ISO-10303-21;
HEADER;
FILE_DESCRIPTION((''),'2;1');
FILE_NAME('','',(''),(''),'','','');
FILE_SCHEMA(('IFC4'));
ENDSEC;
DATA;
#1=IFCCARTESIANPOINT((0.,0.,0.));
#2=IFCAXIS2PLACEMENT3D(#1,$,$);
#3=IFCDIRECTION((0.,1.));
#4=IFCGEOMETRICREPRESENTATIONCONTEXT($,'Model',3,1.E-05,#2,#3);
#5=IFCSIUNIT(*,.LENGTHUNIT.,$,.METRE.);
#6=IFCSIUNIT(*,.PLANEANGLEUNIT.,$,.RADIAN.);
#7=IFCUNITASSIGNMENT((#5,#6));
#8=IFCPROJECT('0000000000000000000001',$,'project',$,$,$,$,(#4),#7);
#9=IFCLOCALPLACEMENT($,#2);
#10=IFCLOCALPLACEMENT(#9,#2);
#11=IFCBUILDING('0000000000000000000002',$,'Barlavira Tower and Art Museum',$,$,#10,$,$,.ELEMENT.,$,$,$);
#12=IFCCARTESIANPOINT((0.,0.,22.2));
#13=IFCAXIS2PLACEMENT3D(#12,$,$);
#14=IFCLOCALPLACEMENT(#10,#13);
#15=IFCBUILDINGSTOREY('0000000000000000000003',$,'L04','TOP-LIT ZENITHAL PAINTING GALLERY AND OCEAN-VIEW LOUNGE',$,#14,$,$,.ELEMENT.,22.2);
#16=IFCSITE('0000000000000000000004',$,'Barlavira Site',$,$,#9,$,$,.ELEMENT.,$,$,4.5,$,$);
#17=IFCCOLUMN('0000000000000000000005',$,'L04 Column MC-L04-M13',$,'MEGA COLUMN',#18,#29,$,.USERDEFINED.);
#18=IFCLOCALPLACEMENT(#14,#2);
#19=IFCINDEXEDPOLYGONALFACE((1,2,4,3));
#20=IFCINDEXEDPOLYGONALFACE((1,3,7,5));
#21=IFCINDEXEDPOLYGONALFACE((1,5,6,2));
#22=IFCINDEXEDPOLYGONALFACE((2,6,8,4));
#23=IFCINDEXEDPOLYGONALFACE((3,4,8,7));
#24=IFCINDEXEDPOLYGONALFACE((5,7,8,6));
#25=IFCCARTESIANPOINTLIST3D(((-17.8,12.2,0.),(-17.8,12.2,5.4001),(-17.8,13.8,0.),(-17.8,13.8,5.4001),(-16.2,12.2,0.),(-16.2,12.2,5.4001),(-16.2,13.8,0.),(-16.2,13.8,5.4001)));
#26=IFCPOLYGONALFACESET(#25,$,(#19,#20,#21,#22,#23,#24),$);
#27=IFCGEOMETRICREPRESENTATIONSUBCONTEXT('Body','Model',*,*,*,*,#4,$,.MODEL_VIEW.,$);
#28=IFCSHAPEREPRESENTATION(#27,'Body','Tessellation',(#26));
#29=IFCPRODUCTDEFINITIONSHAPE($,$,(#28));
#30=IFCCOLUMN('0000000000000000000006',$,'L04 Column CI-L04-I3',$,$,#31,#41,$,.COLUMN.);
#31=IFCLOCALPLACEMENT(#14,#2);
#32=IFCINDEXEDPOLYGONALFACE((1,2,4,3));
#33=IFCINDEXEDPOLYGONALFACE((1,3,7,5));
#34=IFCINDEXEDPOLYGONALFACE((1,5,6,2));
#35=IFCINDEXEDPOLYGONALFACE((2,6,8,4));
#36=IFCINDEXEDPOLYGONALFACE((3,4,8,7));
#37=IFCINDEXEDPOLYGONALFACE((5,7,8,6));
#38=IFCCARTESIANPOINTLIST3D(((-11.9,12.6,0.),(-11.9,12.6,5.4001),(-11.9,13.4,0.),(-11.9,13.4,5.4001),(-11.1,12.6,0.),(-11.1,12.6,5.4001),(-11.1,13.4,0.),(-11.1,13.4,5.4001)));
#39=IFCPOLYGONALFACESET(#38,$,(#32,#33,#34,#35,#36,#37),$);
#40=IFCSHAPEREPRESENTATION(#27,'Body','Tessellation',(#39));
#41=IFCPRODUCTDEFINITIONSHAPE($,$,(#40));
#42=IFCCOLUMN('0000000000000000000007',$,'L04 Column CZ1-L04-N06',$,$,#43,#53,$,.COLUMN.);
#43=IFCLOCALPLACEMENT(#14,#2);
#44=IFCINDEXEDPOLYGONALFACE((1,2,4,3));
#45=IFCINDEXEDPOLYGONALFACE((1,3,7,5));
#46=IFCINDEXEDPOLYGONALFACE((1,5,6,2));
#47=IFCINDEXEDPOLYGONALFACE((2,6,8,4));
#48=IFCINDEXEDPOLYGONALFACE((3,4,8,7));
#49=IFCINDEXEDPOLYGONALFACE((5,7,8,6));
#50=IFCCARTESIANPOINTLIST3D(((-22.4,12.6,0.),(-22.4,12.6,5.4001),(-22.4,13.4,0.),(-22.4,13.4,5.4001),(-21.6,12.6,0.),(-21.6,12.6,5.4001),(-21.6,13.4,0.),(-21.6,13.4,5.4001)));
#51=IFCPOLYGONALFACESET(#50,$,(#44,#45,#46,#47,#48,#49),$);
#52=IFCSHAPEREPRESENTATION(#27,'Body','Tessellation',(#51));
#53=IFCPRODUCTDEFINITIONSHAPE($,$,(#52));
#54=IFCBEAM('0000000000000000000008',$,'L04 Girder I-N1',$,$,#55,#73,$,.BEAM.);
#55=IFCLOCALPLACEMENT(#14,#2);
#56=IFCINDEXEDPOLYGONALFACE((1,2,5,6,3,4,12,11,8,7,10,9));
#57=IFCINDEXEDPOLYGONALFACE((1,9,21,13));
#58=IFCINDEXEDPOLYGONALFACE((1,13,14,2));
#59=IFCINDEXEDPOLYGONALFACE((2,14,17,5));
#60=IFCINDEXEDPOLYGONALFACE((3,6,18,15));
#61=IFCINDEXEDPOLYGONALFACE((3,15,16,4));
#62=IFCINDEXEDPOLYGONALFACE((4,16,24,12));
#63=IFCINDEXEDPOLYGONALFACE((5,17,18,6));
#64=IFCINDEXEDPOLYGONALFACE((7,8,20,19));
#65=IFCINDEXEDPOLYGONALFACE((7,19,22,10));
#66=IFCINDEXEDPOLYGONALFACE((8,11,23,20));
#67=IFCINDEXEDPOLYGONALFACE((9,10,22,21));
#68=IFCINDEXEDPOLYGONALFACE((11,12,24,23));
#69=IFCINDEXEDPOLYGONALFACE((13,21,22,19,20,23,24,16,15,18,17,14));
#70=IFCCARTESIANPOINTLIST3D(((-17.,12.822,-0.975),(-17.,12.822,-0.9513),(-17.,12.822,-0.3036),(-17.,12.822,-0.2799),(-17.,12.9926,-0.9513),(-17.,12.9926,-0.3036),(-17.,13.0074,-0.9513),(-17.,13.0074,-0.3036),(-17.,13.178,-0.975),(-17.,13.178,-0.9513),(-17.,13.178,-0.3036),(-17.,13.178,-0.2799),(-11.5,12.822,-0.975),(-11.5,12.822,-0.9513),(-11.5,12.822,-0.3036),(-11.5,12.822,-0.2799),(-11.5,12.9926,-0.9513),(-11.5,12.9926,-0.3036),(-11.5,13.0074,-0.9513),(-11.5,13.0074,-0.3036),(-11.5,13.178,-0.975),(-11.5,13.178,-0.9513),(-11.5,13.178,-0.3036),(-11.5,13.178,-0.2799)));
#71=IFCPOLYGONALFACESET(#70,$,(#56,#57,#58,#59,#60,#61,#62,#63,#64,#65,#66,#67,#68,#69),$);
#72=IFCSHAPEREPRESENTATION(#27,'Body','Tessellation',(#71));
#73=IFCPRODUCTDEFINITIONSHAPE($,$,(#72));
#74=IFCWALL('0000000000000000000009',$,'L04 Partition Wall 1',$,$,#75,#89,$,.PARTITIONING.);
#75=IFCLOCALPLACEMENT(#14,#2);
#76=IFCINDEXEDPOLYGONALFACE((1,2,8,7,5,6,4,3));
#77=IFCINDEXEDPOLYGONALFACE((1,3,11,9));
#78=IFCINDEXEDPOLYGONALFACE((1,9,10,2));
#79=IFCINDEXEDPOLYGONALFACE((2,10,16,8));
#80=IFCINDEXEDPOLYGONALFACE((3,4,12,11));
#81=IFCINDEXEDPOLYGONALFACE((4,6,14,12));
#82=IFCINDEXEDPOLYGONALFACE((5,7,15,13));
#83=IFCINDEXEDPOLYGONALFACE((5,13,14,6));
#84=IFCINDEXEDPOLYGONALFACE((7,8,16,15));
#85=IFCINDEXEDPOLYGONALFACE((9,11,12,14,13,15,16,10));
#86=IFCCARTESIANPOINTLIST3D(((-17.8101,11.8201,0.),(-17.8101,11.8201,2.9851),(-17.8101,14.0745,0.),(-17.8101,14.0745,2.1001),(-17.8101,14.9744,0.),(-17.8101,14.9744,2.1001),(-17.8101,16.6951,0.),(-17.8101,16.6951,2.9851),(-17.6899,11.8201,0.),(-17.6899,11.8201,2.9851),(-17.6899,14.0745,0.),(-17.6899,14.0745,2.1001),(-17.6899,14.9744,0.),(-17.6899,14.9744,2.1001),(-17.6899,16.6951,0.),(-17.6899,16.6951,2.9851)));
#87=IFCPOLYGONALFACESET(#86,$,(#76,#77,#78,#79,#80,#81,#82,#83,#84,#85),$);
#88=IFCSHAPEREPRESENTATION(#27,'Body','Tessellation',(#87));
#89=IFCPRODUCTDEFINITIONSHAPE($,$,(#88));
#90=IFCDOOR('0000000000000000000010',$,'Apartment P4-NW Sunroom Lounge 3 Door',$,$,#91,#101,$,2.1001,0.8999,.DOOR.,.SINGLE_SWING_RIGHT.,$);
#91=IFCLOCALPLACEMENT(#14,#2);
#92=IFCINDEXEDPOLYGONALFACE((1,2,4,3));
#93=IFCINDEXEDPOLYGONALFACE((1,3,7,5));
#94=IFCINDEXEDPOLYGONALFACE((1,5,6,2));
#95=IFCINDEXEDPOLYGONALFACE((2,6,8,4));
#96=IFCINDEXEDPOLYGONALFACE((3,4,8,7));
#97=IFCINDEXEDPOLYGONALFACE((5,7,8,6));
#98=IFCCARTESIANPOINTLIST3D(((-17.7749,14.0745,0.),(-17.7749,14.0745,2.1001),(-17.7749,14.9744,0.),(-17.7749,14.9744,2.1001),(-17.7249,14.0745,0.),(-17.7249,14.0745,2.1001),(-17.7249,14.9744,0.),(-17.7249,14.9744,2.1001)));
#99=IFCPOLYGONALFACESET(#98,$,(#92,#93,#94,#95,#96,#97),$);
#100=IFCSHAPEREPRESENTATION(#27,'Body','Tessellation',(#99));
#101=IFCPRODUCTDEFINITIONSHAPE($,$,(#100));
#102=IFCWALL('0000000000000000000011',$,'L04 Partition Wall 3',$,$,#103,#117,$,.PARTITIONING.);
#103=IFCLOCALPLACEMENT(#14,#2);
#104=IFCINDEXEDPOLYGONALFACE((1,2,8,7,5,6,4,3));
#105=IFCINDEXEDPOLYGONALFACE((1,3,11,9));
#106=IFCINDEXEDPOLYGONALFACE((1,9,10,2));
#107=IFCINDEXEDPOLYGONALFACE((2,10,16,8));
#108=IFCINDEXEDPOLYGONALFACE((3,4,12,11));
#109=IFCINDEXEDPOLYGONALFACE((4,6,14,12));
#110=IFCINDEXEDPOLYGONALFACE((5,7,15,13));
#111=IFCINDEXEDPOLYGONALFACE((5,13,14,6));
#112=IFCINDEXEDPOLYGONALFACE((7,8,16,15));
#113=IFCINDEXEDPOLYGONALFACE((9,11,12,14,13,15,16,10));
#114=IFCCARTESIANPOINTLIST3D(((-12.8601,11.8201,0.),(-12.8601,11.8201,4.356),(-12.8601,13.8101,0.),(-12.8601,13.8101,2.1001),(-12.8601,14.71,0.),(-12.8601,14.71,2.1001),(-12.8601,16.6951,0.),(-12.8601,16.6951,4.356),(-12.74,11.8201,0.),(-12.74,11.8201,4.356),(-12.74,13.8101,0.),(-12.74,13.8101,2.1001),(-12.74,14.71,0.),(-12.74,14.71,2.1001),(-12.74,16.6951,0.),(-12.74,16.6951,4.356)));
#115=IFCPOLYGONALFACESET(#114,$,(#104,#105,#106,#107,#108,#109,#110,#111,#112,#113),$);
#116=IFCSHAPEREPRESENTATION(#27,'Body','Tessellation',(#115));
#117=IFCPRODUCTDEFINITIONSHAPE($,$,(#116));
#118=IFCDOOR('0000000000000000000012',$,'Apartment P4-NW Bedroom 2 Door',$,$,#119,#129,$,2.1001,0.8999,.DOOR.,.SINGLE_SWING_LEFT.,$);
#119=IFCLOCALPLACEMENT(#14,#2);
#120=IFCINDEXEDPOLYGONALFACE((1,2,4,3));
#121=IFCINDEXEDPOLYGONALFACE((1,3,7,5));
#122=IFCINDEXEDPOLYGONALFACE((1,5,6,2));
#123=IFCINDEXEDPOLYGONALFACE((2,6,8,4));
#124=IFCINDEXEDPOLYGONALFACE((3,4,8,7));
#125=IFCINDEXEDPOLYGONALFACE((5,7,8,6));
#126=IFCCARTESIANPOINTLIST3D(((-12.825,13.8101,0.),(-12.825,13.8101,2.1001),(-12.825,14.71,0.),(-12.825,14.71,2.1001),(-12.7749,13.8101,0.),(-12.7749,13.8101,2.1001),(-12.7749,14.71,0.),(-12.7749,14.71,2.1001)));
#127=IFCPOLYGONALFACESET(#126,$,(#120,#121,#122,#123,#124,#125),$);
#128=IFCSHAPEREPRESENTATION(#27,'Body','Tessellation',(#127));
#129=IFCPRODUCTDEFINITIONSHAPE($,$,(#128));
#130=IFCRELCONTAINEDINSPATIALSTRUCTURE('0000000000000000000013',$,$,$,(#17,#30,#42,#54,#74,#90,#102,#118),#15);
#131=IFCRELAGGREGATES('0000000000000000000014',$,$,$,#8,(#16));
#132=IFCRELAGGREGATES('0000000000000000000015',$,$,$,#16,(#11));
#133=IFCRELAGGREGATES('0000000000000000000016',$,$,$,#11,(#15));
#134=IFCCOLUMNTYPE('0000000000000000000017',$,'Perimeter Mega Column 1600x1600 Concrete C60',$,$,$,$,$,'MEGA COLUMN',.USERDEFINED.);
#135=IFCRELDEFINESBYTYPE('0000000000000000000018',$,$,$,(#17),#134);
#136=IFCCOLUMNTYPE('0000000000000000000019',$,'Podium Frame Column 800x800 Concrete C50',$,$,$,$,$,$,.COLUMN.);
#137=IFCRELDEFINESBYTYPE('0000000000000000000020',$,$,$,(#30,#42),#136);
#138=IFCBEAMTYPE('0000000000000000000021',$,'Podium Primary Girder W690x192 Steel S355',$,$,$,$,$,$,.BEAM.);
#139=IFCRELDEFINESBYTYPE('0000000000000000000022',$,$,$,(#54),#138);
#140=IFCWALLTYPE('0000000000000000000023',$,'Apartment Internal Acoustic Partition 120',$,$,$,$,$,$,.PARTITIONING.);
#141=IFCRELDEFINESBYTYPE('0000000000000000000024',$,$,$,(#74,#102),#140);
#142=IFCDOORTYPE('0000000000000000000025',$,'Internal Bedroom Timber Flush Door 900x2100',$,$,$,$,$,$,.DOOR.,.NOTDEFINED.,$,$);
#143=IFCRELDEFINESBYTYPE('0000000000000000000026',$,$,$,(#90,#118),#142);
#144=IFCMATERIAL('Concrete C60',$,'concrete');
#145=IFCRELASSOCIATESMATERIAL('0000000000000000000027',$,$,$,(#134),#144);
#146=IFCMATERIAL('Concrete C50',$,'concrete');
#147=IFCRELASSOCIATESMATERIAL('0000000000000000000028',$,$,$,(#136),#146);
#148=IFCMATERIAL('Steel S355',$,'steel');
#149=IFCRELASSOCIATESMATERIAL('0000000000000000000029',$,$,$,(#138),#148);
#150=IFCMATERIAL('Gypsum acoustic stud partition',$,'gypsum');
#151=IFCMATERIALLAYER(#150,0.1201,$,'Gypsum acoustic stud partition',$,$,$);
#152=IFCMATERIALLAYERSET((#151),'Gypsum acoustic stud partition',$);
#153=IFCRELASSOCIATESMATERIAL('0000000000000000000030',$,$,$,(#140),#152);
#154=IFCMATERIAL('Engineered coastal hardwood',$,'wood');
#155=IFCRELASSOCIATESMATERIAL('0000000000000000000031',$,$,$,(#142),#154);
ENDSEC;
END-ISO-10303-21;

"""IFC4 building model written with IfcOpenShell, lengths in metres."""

from ifc_helpers import new_model, si_unit, direction, frame, frame_2d, origin, origin_2d, place, context, subcontext, project, spatial, rectangle, i_section, extrude, material, layer, layer_set, material_profile, profile_set, type_object, element, fill, save


model = new_model("IFC4")

# Units and contexts
model_context = context("Model", 3, precision=1e-05, world=origin(), true_north=direction((0.0, 1.0)))
body_context = subcontext(model_context, "Body", "Model", "MODEL_VIEW")
ifc_project = project(units=[si_unit("LENGTHUNIT", "METRE"), si_unit("PLANEANGLEUNIT", "RADIAN")], contexts=[model_context])

# Site, building, storey
site_placement = place(None, origin())
site = spatial("IfcSite", under=ifc_project, at=site_placement, Name="Barlavira Site", CompositionType="ELEMENT", RefElevation=4.5)
building_placement = place(site_placement, origin())
building = spatial("IfcBuilding", under=site, at=building_placement, Name="Barlavira Tower and Art Museum", CompositionType="ELEMENT")
storey_placement = place(building_placement, frame((0.0, 0.0, 22.2)))
storey = spatial("IfcBuildingStorey", under=building, at=storey_placement, Name="L04", Description="TOP-LIT ZENITHAL PAINTING GALLERY AND OCEAN-VIEW LOUNGE", CompositionType="ELEMENT", Elevation=22.2)

# Columns
ifc_material_1 = material(Name="Concrete C60", Category="concrete")
ifc_material_profile_1 = material_profile(ifc_material_1, rectangle(XDim=1.6001, YDim=1.6001, at=origin_2d()), Name="RC-MCOL 1600x1600")
ifc_profile_set_1 = profile_set([ifc_material_profile_1], Name="Concrete C60")
column_type_1 = type_object("IfcColumnType", Name="Perimeter Mega Column 1600x1600 Concrete C60", ElementType="MEGA COLUMN", PredefinedType="USERDEFINED", material=ifc_profile_set_1)
column_placement = place(storey_placement, frame((-17.0, 13.0, 0.0), z_axis=(0.0, 0.0, 1.0), x_axis=(1.0, 0.0, 0.0)))
element("IfcColumn", 1, at=column_placement, inside=storey, type_object=column_type_1, Name="L04 Column MC-L04-M13", ObjectType="MEGA COLUMN", PredefinedType="USERDEFINED", context=body_context, shape_type="SweptSolid", body=[
    extrude(rectangle(XDim=1.6001, YDim=1.6001, at=origin_2d()), origin(), (0.0, 0.0, 1.0), 5.4001),
])
ifc_material_2 = material(Name="Concrete C50", Category="concrete")
ifc_material_profile_2 = material_profile(ifc_material_2, rectangle(XDim=0.8, YDim=0.8, at=origin_2d()), Name="RC-COL 800x800")
ifc_profile_set_2 = profile_set([ifc_material_profile_2], Name="Concrete C50")
column_type_2 = type_object("IfcColumnType", Name="Podium Frame Column 800x800 Concrete C50", PredefinedType="COLUMN", material=ifc_profile_set_2)
for number, where, z_axis, x_axis, name in (
    (2, (-11.5, 13.0, 0.0), (0.0, 0.0, 1.0), (1.0, 0.0, 0.0), "L04 Column CI-L04-I3"),
    (3, (-22.0, 13.0, 0.0), (0.0, 0.0, 1.0), (1.0, 0.0, 0.0), "L04 Column CZ1-L04-N06"),
):
    element("IfcColumn", number, at=place(storey_placement, frame(where, z_axis=z_axis, x_axis=x_axis)), inside=storey, type_object=column_type_2, Name=name, PredefinedType="COLUMN", context=body_context, shape_type="SweptSolid", body=[
        extrude(rectangle(XDim=0.8, YDim=0.8, at=origin_2d()), origin(), (0.0, 0.0, 1.0), 5.4001),
    ])

# Beam
ifc_material_3 = material(Name="Steel S355", Category="steel")
ifc_material_profile_3 = material_profile(ifc_material_3, i_section(OverallWidth=0.356, OverallDepth=0.6951, WebThickness=0.0149, FlangeThickness=0.0237, at=origin_2d()), Name="W690x192.0")
ifc_profile_set_3 = profile_set([ifc_material_profile_3], Name="Steel S355")
beam_type = type_object("IfcBeamType", Name="Podium Primary Girder W690x192 Steel S355", PredefinedType="BEAM", material=ifc_profile_set_3)
beam_placement = place(storey_placement, frame((-17.0, 13.0, -0.6274), z_axis=(1.0, 0.0, 0.0), x_axis=(0.0, 1.0, 0.0)))
element("IfcBeam", 4, at=beam_placement, inside=storey, type_object=beam_type, Name="L04 Girder I-N1", PredefinedType="BEAM", context=body_context, shape_type="SweptSolid", body=[
    extrude(i_section(OverallWidth=0.356, OverallDepth=0.6951, WebThickness=0.0149, FlangeThickness=0.0237, at=origin_2d()), origin(), (0.0, 0.0, 1.0), 5.5),
])

# Walls, openings, doors
ifc_material_4 = material(Name="Gypsum acoustic stud partition", Category="gypsum")
ifc_layer_1 = layer(ifc_material_4, 0.1201, Name="Gypsum acoustic stud partition")
ifc_layer_set_1 = layer_set([ifc_layer_1], Name="Gypsum acoustic stud partition")
wall_type_1 = type_object("IfcWallType", Name="Apartment Internal Acoustic Partition 120", PredefinedType="PARTITIONING", material=ifc_layer_set_1)
wall_1_placement = place(storey_placement, frame((-17.75, 11.8201, 0.0), z_axis=(0.0, 0.0, 1.0), x_axis=(0.0, 1.0, 0.0)))
wall_1 = element("IfcWall", 5, at=wall_1_placement, inside=storey, type_object=wall_type_1, Name="L04 Partition Wall 1", PredefinedType="PARTITIONING", context=body_context, shape_type="SweptSolid", body=[
    extrude(rectangle(XDim=4.875, YDim=0.1201, at=frame_2d((2.4375, 0.0))), origin(), (0.0, 0.0, 1.0), 2.9851),
])
opening_1_placement = place(wall_1_placement, frame((2.2544, 0.0, 0.0)))
opening_1 = element("IfcOpeningElement", 6, at=opening_1_placement, cuts=wall_1, PredefinedType="OPENING", context=body_context, shape_type="SweptSolid", body=[
    extrude(rectangle(XDim=0.8999, YDim=2.1001, at=frame_2d((0.45, 1.05))), frame((0.0, 0.0701, 0.0), z_axis=(0.0, -1.0, 0.0), x_axis=(1.0, 0.0, 0.0)), (0.0, 0.0, 1.0), 0.1401),
])
ifc_material_5 = material(Name="Engineered coastal hardwood", Category="wood")
door_type = type_object("IfcDoorType", Name="Internal Bedroom Timber Flush Door 900x2100", OperationType="NOTDEFINED", PredefinedType="DOOR", material=ifc_material_5)
door_1_placement = place(opening_1_placement, origin())
door_1 = element("IfcDoor", 7, at=door_1_placement, inside=storey, type_object=door_type, Name="Apartment P4-NW Sunroom Lounge 3 Door", OperationType="SINGLE_SWING_RIGHT", OverallHeight=2.1001, OverallWidth=0.8999, PredefinedType="DOOR", context=body_context, shape_type="SweptSolid", body=[
    extrude(rectangle(XDim=0.8999, YDim=2.1001, at=frame_2d((0.45, 1.05))), frame((0.0, 0.0249, 0.0), z_axis=(0.0, -1.0, 0.0), x_axis=(1.0, 0.0, 0.0)), (0.0, 0.0, 1.0), 0.05),
])
fill(opening_1, door_1)
wall_2_placement = place(storey_placement, frame((-12.8, 11.8201, 0.0), z_axis=(0.0, 0.0, 1.0), x_axis=(0.0, 1.0, 0.0)))
wall_2 = element("IfcWall", 8, at=wall_2_placement, inside=storey, type_object=wall_type_1, Name="L04 Partition Wall 3", PredefinedType="PARTITIONING", context=body_context, shape_type="SweptSolid", body=[
    extrude(rectangle(XDim=4.875, YDim=0.1201, at=frame_2d((2.4375, 0.0))), origin(), (0.0, 0.0, 1.0), 4.356),
])
opening_2_placement = place(wall_2_placement, frame((1.99, 0.0, 0.0)))
opening_2 = element("IfcOpeningElement", 9, at=opening_2_placement, cuts=wall_2, PredefinedType="OPENING", context=body_context, shape_type="SweptSolid", body=[
    extrude(rectangle(XDim=0.8999, YDim=2.1001, at=frame_2d((0.45, 1.05))), frame((0.0, 0.0701, 0.0), z_axis=(0.0, -1.0, 0.0), x_axis=(1.0, 0.0, 0.0)), (0.0, 0.0, 1.0), 0.1401),
])
door_2_placement = place(opening_2_placement, origin())
door_2 = element("IfcDoor", 10, at=door_2_placement, inside=storey, type_object=door_type, Name="Apartment P4-NW Bedroom 2 Door", OperationType="SINGLE_SWING_LEFT", OverallHeight=2.1001, OverallWidth=0.8999, PredefinedType="DOOR", context=body_context, shape_type="SweptSolid", body=[
    extrude(rectangle(XDim=0.8999, YDim=2.1001, at=frame_2d((0.45, 1.05))), frame((0.0, 0.0249, 0.0), z_axis=(0.0, -1.0, 0.0), x_axis=(1.0, 0.0, 0.0)), (0.0, 0.0, 1.0), 0.05),
])
fill(opening_2, door_2)

save(model, "model.ifc")
